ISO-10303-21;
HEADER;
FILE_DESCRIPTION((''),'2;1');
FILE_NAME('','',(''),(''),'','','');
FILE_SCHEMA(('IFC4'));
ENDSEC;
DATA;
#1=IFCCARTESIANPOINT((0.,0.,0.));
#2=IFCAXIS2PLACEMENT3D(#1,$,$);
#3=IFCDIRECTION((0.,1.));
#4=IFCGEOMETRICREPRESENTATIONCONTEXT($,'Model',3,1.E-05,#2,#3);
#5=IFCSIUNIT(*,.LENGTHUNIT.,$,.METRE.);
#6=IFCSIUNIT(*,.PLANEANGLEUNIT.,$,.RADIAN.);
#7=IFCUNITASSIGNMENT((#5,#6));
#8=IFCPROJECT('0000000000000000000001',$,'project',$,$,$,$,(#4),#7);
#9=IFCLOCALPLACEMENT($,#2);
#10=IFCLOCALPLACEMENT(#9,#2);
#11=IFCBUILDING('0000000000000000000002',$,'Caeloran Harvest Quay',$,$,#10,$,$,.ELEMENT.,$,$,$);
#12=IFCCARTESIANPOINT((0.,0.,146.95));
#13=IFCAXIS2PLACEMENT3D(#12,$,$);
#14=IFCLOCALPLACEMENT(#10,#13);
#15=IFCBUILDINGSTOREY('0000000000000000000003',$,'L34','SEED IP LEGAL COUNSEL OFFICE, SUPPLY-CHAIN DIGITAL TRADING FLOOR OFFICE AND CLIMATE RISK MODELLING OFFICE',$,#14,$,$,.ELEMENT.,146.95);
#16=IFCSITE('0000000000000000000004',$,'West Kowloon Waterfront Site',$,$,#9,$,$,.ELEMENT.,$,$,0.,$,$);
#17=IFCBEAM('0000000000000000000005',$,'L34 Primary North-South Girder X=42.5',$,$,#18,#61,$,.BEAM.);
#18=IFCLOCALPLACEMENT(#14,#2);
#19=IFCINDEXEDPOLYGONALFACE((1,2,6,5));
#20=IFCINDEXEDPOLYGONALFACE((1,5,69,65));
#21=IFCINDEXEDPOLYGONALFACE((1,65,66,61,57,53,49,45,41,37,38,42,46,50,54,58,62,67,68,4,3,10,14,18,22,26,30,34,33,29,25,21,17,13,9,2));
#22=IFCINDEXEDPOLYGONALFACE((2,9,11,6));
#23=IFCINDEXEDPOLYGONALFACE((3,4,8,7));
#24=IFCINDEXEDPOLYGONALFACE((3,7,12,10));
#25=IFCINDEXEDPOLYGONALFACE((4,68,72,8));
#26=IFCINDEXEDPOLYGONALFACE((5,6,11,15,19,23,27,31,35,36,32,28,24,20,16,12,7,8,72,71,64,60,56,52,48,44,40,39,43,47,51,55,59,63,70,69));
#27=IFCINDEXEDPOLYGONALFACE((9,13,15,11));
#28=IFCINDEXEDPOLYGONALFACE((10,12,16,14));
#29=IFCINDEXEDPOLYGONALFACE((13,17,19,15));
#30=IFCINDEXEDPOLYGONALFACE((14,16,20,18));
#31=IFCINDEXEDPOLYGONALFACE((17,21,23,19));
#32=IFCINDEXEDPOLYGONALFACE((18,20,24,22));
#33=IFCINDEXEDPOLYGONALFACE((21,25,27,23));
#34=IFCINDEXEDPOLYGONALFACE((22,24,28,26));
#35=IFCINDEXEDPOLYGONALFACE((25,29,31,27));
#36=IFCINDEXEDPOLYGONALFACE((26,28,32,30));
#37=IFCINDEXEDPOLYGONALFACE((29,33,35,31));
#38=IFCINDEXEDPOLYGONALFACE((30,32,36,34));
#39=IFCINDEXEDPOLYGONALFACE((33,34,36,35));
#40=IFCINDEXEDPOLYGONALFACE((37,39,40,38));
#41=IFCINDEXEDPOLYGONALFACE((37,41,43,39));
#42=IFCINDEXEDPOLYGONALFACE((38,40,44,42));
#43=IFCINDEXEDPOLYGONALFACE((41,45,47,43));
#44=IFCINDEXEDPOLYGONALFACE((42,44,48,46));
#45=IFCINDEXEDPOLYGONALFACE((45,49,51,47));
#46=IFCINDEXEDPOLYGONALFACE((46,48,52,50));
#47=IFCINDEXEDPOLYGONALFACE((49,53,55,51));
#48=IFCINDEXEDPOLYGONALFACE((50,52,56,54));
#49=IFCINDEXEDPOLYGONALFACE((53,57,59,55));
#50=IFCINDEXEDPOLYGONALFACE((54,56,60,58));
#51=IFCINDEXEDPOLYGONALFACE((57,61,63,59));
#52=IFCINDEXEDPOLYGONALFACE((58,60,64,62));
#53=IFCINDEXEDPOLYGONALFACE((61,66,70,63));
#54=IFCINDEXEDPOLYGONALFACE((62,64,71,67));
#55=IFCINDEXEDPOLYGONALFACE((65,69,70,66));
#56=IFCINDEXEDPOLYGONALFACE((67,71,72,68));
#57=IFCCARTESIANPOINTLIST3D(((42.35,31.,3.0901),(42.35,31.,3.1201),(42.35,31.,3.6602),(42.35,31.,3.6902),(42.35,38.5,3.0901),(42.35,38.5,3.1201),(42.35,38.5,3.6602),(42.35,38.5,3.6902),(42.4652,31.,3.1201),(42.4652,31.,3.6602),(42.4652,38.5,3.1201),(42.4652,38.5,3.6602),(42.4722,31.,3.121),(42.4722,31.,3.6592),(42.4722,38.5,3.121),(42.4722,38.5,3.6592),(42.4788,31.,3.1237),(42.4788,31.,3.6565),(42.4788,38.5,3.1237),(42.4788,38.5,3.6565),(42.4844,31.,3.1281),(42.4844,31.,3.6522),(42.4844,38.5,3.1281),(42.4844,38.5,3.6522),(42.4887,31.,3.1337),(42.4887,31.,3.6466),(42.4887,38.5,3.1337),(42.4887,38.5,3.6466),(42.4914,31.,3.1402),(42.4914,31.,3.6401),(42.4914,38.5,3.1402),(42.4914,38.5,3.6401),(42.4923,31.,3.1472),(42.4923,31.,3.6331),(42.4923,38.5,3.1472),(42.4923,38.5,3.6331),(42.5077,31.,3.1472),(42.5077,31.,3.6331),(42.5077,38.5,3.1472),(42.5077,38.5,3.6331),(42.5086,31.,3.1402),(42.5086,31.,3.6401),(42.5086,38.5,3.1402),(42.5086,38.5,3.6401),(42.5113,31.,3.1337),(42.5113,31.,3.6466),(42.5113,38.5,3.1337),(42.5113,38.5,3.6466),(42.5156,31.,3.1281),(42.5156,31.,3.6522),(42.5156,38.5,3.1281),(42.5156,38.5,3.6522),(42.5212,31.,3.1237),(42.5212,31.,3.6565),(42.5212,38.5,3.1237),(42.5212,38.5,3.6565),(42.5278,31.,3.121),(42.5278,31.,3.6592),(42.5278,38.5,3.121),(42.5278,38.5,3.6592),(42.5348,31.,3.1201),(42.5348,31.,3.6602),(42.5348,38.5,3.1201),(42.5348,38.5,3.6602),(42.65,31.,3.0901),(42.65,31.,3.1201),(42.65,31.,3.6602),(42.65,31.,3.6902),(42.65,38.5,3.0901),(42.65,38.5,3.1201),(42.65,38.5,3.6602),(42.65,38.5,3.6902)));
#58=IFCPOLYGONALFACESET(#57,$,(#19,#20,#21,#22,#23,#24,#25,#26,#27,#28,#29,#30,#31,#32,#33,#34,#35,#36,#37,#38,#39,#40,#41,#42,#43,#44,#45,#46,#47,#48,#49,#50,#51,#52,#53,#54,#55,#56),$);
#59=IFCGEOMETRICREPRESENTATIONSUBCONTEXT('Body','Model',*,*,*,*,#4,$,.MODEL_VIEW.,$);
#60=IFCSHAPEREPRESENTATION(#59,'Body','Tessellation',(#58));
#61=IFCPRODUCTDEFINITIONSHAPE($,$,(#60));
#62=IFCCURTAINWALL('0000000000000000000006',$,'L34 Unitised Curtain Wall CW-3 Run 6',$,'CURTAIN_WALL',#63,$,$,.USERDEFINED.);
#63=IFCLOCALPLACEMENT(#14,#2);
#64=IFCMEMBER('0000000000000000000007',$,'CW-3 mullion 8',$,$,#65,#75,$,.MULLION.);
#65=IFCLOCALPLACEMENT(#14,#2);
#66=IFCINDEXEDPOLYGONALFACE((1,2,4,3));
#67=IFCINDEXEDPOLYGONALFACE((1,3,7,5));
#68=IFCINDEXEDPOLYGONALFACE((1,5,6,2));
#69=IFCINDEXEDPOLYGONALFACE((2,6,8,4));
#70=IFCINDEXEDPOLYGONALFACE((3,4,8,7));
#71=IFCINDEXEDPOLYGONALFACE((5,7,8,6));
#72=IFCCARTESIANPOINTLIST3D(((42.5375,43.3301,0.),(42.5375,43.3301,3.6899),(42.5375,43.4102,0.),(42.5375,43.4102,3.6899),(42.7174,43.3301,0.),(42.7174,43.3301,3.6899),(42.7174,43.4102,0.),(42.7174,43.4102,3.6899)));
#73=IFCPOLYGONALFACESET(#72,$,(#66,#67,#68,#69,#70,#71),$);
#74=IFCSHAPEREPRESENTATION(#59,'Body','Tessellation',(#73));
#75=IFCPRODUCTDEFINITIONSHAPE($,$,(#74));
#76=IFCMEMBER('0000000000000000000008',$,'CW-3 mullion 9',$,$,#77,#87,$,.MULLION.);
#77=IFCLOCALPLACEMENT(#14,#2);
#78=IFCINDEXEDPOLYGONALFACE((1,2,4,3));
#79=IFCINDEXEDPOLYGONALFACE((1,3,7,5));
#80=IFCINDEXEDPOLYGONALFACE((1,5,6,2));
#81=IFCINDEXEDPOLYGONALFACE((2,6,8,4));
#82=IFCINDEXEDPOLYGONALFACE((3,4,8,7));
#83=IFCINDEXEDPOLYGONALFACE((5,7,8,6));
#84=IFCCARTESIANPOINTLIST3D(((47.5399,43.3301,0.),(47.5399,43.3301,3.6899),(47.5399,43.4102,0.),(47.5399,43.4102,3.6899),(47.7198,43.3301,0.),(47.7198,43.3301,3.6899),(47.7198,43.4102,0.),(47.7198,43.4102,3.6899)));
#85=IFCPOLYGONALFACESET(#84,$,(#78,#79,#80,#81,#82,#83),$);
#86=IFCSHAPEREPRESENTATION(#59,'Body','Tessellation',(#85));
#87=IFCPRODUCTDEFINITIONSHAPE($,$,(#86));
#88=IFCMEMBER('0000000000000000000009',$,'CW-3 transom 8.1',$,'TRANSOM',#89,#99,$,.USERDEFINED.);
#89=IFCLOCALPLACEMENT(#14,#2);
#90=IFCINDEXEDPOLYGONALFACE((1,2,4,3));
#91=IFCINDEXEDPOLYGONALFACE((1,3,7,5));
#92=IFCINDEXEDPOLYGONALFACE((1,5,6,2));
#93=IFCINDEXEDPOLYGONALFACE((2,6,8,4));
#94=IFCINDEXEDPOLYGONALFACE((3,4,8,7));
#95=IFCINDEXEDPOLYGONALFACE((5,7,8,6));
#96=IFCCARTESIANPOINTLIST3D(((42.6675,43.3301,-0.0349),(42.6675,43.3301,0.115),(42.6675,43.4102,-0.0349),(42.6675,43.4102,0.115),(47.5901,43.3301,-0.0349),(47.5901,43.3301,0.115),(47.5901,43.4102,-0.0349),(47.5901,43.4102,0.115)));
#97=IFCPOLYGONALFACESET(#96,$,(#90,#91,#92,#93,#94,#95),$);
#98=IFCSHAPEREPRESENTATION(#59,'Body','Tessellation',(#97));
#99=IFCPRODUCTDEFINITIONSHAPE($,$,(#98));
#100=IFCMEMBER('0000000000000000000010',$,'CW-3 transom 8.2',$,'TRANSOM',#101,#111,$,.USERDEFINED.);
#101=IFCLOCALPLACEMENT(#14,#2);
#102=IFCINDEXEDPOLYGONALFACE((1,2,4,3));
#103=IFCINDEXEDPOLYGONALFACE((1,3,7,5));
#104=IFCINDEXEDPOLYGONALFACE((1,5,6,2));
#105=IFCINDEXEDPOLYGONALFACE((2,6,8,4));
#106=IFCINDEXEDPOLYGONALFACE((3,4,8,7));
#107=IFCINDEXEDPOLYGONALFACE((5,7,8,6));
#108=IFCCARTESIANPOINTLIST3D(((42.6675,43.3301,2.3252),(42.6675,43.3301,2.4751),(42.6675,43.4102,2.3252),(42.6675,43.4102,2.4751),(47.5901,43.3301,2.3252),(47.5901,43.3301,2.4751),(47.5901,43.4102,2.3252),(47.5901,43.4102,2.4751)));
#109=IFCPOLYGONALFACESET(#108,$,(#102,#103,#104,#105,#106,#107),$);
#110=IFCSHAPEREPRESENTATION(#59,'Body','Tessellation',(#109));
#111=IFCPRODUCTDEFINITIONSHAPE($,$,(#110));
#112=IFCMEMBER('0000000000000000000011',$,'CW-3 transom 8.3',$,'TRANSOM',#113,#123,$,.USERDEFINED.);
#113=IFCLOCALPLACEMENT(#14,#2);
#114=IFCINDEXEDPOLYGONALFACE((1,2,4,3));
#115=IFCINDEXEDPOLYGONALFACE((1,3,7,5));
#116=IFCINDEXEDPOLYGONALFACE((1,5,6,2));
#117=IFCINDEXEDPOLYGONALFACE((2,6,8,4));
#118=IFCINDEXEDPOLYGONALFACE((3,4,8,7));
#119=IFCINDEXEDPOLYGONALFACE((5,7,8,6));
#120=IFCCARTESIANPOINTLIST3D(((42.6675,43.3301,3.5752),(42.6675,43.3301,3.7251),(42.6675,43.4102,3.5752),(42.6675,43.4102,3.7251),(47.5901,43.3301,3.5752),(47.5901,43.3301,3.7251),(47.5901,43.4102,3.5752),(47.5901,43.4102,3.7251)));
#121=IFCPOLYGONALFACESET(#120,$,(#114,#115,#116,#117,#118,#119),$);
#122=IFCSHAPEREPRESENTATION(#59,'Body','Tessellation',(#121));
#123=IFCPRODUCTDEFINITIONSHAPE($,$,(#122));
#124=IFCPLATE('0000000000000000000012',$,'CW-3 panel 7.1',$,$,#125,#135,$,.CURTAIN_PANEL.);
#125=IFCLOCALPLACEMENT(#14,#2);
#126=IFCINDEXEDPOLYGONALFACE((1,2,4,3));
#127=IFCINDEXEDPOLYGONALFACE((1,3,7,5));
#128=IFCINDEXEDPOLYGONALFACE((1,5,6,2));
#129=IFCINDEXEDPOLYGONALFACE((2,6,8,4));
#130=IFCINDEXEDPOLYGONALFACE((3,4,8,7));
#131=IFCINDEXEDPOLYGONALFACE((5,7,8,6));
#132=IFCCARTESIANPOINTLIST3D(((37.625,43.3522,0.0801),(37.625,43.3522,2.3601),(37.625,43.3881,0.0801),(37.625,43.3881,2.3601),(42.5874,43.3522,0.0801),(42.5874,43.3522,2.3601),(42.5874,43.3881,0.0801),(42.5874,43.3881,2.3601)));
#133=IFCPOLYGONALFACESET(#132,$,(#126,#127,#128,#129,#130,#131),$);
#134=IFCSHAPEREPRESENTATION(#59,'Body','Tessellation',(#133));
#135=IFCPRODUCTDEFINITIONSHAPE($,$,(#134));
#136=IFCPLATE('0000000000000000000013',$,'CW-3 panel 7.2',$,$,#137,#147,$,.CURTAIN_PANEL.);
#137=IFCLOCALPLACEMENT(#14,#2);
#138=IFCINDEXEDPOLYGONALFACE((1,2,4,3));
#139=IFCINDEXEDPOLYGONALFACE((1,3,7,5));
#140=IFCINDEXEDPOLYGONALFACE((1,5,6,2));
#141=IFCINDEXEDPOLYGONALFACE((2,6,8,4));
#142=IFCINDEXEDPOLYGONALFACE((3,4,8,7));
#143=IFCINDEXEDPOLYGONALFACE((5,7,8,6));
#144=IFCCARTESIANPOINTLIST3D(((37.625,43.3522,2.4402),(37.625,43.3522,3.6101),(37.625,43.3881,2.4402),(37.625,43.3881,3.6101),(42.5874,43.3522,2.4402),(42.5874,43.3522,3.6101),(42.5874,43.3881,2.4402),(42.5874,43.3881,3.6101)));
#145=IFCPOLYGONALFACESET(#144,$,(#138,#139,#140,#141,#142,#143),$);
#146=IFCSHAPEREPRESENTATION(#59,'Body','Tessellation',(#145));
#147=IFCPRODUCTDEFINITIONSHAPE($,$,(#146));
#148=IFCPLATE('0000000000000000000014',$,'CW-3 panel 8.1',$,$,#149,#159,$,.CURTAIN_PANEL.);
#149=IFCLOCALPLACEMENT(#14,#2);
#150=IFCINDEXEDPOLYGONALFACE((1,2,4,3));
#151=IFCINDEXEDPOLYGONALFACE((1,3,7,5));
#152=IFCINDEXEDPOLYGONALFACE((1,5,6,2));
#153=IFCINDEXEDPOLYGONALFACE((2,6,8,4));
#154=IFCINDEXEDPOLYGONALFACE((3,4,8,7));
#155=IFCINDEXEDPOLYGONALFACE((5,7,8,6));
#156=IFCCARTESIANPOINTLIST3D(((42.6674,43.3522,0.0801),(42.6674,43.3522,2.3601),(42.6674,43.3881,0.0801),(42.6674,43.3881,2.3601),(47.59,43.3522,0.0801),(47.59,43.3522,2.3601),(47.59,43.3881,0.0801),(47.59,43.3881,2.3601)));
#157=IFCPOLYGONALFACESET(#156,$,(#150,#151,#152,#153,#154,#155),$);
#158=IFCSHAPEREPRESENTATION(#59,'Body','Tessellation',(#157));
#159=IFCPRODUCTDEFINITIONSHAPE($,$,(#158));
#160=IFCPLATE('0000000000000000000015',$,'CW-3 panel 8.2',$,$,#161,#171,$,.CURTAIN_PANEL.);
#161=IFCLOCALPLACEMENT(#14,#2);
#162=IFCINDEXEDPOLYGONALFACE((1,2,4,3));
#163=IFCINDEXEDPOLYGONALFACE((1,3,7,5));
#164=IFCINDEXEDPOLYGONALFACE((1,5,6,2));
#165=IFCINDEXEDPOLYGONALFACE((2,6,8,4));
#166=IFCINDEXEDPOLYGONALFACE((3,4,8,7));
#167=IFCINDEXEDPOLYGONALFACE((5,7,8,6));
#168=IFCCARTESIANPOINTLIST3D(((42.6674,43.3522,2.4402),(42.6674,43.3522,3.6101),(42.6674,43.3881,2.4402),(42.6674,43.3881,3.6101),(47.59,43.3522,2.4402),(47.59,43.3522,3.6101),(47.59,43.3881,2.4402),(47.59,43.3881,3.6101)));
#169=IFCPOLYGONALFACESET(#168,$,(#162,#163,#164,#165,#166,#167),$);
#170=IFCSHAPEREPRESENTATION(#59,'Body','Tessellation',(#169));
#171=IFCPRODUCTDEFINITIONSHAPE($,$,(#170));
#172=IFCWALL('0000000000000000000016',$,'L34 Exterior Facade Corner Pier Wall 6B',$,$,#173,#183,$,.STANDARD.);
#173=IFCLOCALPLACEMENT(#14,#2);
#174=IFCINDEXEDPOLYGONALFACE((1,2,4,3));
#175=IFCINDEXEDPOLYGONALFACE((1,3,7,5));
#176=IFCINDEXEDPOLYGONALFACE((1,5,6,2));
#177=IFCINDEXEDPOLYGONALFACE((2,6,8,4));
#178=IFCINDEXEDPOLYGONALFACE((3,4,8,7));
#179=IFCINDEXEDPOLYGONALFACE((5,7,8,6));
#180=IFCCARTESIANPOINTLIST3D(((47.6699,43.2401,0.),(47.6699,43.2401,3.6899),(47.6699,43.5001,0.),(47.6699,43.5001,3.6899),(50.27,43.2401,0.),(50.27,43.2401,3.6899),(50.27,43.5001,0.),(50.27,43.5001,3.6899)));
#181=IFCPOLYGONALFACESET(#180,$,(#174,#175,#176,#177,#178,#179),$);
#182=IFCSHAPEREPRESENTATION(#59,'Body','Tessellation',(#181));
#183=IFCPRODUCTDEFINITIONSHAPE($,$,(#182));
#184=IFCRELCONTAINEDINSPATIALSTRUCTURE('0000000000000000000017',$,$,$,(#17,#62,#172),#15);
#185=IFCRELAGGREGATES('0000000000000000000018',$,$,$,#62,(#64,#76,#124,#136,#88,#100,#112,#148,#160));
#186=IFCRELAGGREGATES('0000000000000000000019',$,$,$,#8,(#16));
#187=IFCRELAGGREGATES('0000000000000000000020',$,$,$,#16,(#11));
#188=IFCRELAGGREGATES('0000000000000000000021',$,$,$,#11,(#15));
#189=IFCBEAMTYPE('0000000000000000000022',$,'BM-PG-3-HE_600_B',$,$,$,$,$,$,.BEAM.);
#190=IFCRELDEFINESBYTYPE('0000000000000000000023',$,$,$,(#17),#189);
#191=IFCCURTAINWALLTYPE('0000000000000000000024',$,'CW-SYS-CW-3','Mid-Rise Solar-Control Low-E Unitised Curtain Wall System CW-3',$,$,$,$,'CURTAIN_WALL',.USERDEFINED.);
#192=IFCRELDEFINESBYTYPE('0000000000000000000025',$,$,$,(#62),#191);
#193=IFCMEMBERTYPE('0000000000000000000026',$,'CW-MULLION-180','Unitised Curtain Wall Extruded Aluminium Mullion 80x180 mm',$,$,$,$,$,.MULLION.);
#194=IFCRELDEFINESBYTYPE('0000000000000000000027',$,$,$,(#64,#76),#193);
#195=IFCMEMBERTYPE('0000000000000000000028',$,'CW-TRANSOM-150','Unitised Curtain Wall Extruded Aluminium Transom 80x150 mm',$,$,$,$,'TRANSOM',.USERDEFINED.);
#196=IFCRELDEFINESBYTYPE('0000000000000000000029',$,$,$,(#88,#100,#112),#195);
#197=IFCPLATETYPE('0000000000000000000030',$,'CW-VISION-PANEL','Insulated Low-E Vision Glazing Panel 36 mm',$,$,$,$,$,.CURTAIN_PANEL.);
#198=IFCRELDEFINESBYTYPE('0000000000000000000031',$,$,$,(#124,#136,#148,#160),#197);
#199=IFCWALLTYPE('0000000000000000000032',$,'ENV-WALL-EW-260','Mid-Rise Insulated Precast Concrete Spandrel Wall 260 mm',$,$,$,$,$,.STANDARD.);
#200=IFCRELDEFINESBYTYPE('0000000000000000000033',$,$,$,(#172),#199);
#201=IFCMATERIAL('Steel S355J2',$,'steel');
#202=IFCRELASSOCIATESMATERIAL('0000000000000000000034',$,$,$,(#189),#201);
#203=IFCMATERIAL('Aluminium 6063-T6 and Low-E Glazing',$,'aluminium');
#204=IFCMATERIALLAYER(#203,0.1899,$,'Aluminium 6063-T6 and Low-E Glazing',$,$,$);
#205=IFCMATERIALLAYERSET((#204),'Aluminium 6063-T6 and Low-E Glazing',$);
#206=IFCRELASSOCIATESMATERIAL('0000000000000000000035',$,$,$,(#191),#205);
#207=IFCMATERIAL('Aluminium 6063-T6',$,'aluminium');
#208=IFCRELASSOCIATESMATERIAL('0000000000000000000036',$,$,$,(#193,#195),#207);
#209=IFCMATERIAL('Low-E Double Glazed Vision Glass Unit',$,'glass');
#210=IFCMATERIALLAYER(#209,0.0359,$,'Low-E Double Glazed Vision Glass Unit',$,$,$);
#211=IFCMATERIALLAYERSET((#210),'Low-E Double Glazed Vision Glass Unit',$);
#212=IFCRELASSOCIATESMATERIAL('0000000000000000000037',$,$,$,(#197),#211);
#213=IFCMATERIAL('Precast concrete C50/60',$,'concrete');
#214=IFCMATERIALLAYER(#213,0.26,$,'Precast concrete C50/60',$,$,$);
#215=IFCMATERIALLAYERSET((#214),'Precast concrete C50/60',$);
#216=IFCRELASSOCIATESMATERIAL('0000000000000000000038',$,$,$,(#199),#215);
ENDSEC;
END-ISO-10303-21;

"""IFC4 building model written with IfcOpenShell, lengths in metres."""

from ifc_helpers import new_model, si_unit, direction, frame, frame_2d, origin, origin_2d, place, context, subcontext, project, spatial, rectangle, i_section, extrude, material, layer, layer_set, material_profile, profile_set, type_object, element, aggregate, save


model = new_model("IFC4")

# Units and contexts
model_context = context("Model", 3, precision=1e-05, world=origin(), true_north=direction((0.0, 1.0)))
body_context = subcontext(model_context, "Body", "Model", "MODEL_VIEW")
ifc_project = project(units=[si_unit("LENGTHUNIT", "METRE"), si_unit("PLANEANGLEUNIT", "RADIAN")], contexts=[model_context])

# Site, building, storey
site_placement = place(None, origin())
site = spatial("IfcSite", under=ifc_project, at=site_placement, Name="West Kowloon Waterfront Site", CompositionType="ELEMENT", RefElevation=0.0)
building_placement = place(site_placement, origin())
building = spatial("IfcBuilding", under=site, at=building_placement, Name="Caeloran Harvest Quay", CompositionType="ELEMENT")
storey_placement = place(building_placement, frame((0.0, 0.0, 146.95)))
storey = spatial("IfcBuildingStorey", under=building, at=storey_placement, Name="L34", Description="SEED IP LEGAL COUNSEL OFFICE, SUPPLY-CHAIN DIGITAL TRADING FLOOR OFFICE AND CLIMATE RISK MODELLING OFFICE", CompositionType="ELEMENT", Elevation=146.95)

# Beam
ifc_material_1 = material(Name="Steel S355J2", Category="steel")
ifc_material_profile_1 = material_profile(ifc_material_1, i_section(OverallWidth=0.3, OverallDepth=0.6001, WebThickness=0.0154, FlangeThickness=0.03, FilletRadius=0.0271, at=origin_2d()), Name="HE 600 B")
ifc_profile_set_1 = profile_set([ifc_material_profile_1], Name="Steel S355J2")
beam_type = type_object("IfcBeamType", Name="BM-PG-3-HE_600_B", PredefinedType="BEAM", material=ifc_profile_set_1)
beam_1_placement = place(storey_placement, frame((42.5, 31.0, 3.3901), z_axis=(0.0, 1.0, 0.0), x_axis=(-1.0, 0.0, 0.0)))
element("IfcBeam", 1, at=beam_1_placement, inside=storey, type_object=beam_type, Name="L34 Primary North-South Girder X=42.5", PredefinedType="BEAM", context=body_context, shape_type="SweptSolid", body=[
    extrude(i_section(OverallWidth=0.3, OverallDepth=0.6001, WebThickness=0.0154, FlangeThickness=0.03, FilletRadius=0.0271, at=origin_2d()), origin(), (0.0, 0.0, 1.0), 7.5),
])

# Curtain wall, members, plates
ifc_material_2 = material(Name="Aluminium 6063-T6 and Low-E Glazing", Category="aluminium")
ifc_layer_1 = layer(ifc_material_2, 0.1899, Name="Aluminium 6063-T6 and Low-E Glazing")
ifc_layer_set_1 = layer_set([ifc_layer_1], Name="Aluminium 6063-T6 and Low-E Glazing")
curtain_wall_type = type_object("IfcCurtainWallType", Name="CW-SYS-CW-3", Description="Mid-Rise Solar-Control Low-E Unitised Curtain Wall System CW-3", ElementType="CURTAIN_WALL", PredefinedType="USERDEFINED", material=ifc_layer_set_1)
curtain_wall_placement = place(storey_placement, origin())
curtain_wall = element("IfcCurtainWall", 2, at=curtain_wall_placement, inside=storey, type_object=curtain_wall_type, Name="L34 Unitised Curtain Wall CW-3 Run 6", ObjectType="CURTAIN_WALL", PredefinedType="USERDEFINED")
ifc_material_3 = material(Name="Aluminium 6063-T6", Category="aluminium")
ifc_material_profile_2 = material_profile(ifc_material_3, rectangle(XDim=0.0801, YDim=0.1799, at=origin_2d()), Name="CW-MULLION-180")
ifc_profile_set_2 = profile_set([ifc_material_profile_2], Name="Aluminium 6063-T6")
member_type_1 = type_object("IfcMemberType", Name="CW-MULLION-180", Description="Unitised Curtain Wall Extruded Aluminium Mullion 80x180 mm", PredefinedType="MULLION", material=ifc_profile_set_2)
member_1_placement = place(storey_placement, frame((42.6274, 43.3701, 0.0), z_axis=(0.0, 0.0, 1.0), x_axis=(0.0, 1.0, 0.0)))
member_1 = element("IfcMember", 3, at=member_1_placement, type_object=member_type_1, Name="CW-3 mullion 8", PredefinedType="MULLION", context=body_context, shape_type="SweptSolid", body=[
    extrude(rectangle(XDim=0.0801, YDim=0.1799, at=origin_2d()), origin(), (0.0, 0.0, 1.0), 3.6899),
])
member_2_placement = place(storey_placement, frame((47.6299, 43.3701, 0.0), z_axis=(0.0, 0.0, 1.0), x_axis=(0.0, 1.0, 0.0)))
member_2 = element("IfcMember", 4, at=member_2_placement, type_object=member_type_1, Name="CW-3 mullion 9", PredefinedType="MULLION", context=body_context, shape_type="SweptSolid", body=[
    extrude(rectangle(XDim=0.0801, YDim=0.1799, at=origin_2d()), origin(), (0.0, 0.0, 1.0), 3.6899),
])
ifc_material_profile_3 = material_profile(ifc_material_3, rectangle(XDim=0.0801, YDim=0.1499, at=origin_2d()), Name="CW-TRANSOM-150")
ifc_profile_set_3 = profile_set([ifc_material_profile_3], Name="Aluminium 6063-T6")
member_type_2 = type_object("IfcMemberType", Name="CW-TRANSOM-150", Description="Unitised Curtain Wall Extruded Aluminium Transom 80x150 mm", ElementType="TRANSOM", PredefinedType="USERDEFINED", material=ifc_profile_set_3)
member_3_placement = place(storey_placement, frame((42.6675, 43.3701, 0.04), z_axis=(1.0, 0.0, 0.0), x_axis=(0.0, 1.0, 0.0)))
member_3 = element("IfcMember", 5, at=member_3_placement, type_object=member_type_2, Name="CW-3 transom 8.1", ObjectType="TRANSOM", PredefinedType="USERDEFINED", context=body_context, shape_type="SweptSolid", body=[
    extrude(rectangle(XDim=0.0801, YDim=0.1499, at=origin_2d()), origin(), (0.0, 0.0, 1.0), 4.9226),
])
member_4_placement = place(storey_placement, frame((42.6675, 43.3701, 2.4001), z_axis=(1.0, 0.0, 0.0), x_axis=(0.0, 1.0, 0.0)))
member_4 = element("IfcMember", 6, at=member_4_placement, type_object=member_type_2, Name="CW-3 transom 8.2", ObjectType="TRANSOM", PredefinedType="USERDEFINED", context=body_context, shape_type="SweptSolid", body=[
    extrude(rectangle(XDim=0.0801, YDim=0.1499, at=origin_2d()), origin(), (0.0, 0.0, 1.0), 4.9226),
])
member_5_placement = place(storey_placement, frame((42.6675, 43.3701, 3.6501), z_axis=(1.0, 0.0, 0.0), x_axis=(0.0, 1.0, 0.0)))
member_5 = element("IfcMember", 7, at=member_5_placement, type_object=member_type_2, Name="CW-3 transom 8.3", ObjectType="TRANSOM", PredefinedType="USERDEFINED", context=body_context, shape_type="SweptSolid", body=[
    extrude(rectangle(XDim=0.0801, YDim=0.1499, at=origin_2d()), origin(), (0.0, 0.0, 1.0), 4.9226),
])
ifc_material_4 = material(Name="Low-E Double Glazed Vision Glass Unit", Category="glass")
ifc_layer_2 = layer(ifc_material_4, 0.0359, Name="Low-E Double Glazed Vision Glass Unit")
ifc_layer_set_2 = layer_set([ifc_layer_2], Name="Low-E Double Glazed Vision Glass Unit")
plate_type = type_object("IfcPlateType", Name="CW-VISION-PANEL", Description="Insulated Low-E Vision Glazing Panel 36 mm", PredefinedType="CURTAIN_PANEL", material=ifc_layer_set_2)
plate_1_placement = place(storey_placement, frame((40.1062, 43.3701, 0.0801), z_axis=(0.0, 0.0, 1.0), x_axis=(1.0, 0.0, 0.0)))
plate_1 = element("IfcPlate", 8, at=plate_1_placement, type_object=plate_type, Name="CW-3 panel 7.1", PredefinedType="CURTAIN_PANEL", context=body_context, shape_type="SweptSolid", body=[
    extrude(rectangle(XDim=4.9624, YDim=0.0359, at=origin_2d()), origin(), (0.0, 0.0, 1.0), 2.28),
])
plate_2_placement = place(storey_placement, frame((40.1062, 43.3701, 2.4402), z_axis=(0.0, 0.0, 1.0), x_axis=(1.0, 0.0, 0.0)))
plate_2 = element("IfcPlate", 9, at=plate_2_placement, type_object=plate_type, Name="CW-3 panel 7.2", PredefinedType="CURTAIN_PANEL", context=body_context, shape_type="SweptSolid", body=[
    extrude(rectangle(XDim=4.9624, YDim=0.0359, at=origin_2d()), origin(), (0.0, 0.0, 1.0), 1.1699),
])
plate_3_placement = place(storey_placement, frame((45.1287, 43.3701, 0.0801), z_axis=(0.0, 0.0, 1.0), x_axis=(1.0, 0.0, 0.0)))
plate_3 = element("IfcPlate", 10, at=plate_3_placement, type_object=plate_type, Name="CW-3 panel 8.1", PredefinedType="CURTAIN_PANEL", context=body_context, shape_type="SweptSolid", body=[
    extrude(rectangle(XDim=4.9226, YDim=0.0359, at=origin_2d()), origin(), (0.0, 0.0, 1.0), 2.28),
])
plate_4_placement = place(storey_placement, frame((45.1287, 43.3701, 2.4402), z_axis=(0.0, 0.0, 1.0), x_axis=(1.0, 0.0, 0.0)))
plate_4 = element("IfcPlate", 11, at=plate_4_placement, type_object=plate_type, Name="CW-3 panel 8.2", PredefinedType="CURTAIN_PANEL", context=body_context, shape_type="SweptSolid", body=[
    extrude(rectangle(XDim=4.9226, YDim=0.0359, at=origin_2d()), origin(), (0.0, 0.0, 1.0), 1.1699),
])
aggregate(curtain_wall, [member_1, member_2, plate_1, plate_2, member_3, member_4, member_5, plate_3, plate_4])

# Wall
ifc_material_5 = material(Name="Precast concrete C50/60", Category="concrete")
ifc_layer_3 = layer(ifc_material_5, 0.26, Name="Precast concrete C50/60")
ifc_layer_set_3 = layer_set([ifc_layer_3], Name="Precast concrete C50/60")
wall_type_1 = type_object("IfcWallType", Name="ENV-WALL-EW-260", Description="Mid-Rise Insulated Precast Concrete Spandrel Wall 260 mm", PredefinedType="STANDARD", material=ifc_layer_set_3)
wall_1_placement = place(storey_placement, frame((47.6699, 43.3701, 0.0), z_axis=(0.0, 0.0, 1.0), x_axis=(1.0, 0.0, 0.0)))
element("IfcWall", 12, at=wall_1_placement, inside=storey, type_object=wall_type_1, Name="L34 Exterior Facade Corner Pier Wall 6B", PredefinedType="STANDARD", context=body_context, shape_type="SweptSolid", body=[
    extrude(rectangle(XDim=2.6001, YDim=0.26, at=frame_2d((1.3, 0.0))), origin(), (0.0, 0.0, 1.0), 3.6899),
])

save(model, "model.ifc")
